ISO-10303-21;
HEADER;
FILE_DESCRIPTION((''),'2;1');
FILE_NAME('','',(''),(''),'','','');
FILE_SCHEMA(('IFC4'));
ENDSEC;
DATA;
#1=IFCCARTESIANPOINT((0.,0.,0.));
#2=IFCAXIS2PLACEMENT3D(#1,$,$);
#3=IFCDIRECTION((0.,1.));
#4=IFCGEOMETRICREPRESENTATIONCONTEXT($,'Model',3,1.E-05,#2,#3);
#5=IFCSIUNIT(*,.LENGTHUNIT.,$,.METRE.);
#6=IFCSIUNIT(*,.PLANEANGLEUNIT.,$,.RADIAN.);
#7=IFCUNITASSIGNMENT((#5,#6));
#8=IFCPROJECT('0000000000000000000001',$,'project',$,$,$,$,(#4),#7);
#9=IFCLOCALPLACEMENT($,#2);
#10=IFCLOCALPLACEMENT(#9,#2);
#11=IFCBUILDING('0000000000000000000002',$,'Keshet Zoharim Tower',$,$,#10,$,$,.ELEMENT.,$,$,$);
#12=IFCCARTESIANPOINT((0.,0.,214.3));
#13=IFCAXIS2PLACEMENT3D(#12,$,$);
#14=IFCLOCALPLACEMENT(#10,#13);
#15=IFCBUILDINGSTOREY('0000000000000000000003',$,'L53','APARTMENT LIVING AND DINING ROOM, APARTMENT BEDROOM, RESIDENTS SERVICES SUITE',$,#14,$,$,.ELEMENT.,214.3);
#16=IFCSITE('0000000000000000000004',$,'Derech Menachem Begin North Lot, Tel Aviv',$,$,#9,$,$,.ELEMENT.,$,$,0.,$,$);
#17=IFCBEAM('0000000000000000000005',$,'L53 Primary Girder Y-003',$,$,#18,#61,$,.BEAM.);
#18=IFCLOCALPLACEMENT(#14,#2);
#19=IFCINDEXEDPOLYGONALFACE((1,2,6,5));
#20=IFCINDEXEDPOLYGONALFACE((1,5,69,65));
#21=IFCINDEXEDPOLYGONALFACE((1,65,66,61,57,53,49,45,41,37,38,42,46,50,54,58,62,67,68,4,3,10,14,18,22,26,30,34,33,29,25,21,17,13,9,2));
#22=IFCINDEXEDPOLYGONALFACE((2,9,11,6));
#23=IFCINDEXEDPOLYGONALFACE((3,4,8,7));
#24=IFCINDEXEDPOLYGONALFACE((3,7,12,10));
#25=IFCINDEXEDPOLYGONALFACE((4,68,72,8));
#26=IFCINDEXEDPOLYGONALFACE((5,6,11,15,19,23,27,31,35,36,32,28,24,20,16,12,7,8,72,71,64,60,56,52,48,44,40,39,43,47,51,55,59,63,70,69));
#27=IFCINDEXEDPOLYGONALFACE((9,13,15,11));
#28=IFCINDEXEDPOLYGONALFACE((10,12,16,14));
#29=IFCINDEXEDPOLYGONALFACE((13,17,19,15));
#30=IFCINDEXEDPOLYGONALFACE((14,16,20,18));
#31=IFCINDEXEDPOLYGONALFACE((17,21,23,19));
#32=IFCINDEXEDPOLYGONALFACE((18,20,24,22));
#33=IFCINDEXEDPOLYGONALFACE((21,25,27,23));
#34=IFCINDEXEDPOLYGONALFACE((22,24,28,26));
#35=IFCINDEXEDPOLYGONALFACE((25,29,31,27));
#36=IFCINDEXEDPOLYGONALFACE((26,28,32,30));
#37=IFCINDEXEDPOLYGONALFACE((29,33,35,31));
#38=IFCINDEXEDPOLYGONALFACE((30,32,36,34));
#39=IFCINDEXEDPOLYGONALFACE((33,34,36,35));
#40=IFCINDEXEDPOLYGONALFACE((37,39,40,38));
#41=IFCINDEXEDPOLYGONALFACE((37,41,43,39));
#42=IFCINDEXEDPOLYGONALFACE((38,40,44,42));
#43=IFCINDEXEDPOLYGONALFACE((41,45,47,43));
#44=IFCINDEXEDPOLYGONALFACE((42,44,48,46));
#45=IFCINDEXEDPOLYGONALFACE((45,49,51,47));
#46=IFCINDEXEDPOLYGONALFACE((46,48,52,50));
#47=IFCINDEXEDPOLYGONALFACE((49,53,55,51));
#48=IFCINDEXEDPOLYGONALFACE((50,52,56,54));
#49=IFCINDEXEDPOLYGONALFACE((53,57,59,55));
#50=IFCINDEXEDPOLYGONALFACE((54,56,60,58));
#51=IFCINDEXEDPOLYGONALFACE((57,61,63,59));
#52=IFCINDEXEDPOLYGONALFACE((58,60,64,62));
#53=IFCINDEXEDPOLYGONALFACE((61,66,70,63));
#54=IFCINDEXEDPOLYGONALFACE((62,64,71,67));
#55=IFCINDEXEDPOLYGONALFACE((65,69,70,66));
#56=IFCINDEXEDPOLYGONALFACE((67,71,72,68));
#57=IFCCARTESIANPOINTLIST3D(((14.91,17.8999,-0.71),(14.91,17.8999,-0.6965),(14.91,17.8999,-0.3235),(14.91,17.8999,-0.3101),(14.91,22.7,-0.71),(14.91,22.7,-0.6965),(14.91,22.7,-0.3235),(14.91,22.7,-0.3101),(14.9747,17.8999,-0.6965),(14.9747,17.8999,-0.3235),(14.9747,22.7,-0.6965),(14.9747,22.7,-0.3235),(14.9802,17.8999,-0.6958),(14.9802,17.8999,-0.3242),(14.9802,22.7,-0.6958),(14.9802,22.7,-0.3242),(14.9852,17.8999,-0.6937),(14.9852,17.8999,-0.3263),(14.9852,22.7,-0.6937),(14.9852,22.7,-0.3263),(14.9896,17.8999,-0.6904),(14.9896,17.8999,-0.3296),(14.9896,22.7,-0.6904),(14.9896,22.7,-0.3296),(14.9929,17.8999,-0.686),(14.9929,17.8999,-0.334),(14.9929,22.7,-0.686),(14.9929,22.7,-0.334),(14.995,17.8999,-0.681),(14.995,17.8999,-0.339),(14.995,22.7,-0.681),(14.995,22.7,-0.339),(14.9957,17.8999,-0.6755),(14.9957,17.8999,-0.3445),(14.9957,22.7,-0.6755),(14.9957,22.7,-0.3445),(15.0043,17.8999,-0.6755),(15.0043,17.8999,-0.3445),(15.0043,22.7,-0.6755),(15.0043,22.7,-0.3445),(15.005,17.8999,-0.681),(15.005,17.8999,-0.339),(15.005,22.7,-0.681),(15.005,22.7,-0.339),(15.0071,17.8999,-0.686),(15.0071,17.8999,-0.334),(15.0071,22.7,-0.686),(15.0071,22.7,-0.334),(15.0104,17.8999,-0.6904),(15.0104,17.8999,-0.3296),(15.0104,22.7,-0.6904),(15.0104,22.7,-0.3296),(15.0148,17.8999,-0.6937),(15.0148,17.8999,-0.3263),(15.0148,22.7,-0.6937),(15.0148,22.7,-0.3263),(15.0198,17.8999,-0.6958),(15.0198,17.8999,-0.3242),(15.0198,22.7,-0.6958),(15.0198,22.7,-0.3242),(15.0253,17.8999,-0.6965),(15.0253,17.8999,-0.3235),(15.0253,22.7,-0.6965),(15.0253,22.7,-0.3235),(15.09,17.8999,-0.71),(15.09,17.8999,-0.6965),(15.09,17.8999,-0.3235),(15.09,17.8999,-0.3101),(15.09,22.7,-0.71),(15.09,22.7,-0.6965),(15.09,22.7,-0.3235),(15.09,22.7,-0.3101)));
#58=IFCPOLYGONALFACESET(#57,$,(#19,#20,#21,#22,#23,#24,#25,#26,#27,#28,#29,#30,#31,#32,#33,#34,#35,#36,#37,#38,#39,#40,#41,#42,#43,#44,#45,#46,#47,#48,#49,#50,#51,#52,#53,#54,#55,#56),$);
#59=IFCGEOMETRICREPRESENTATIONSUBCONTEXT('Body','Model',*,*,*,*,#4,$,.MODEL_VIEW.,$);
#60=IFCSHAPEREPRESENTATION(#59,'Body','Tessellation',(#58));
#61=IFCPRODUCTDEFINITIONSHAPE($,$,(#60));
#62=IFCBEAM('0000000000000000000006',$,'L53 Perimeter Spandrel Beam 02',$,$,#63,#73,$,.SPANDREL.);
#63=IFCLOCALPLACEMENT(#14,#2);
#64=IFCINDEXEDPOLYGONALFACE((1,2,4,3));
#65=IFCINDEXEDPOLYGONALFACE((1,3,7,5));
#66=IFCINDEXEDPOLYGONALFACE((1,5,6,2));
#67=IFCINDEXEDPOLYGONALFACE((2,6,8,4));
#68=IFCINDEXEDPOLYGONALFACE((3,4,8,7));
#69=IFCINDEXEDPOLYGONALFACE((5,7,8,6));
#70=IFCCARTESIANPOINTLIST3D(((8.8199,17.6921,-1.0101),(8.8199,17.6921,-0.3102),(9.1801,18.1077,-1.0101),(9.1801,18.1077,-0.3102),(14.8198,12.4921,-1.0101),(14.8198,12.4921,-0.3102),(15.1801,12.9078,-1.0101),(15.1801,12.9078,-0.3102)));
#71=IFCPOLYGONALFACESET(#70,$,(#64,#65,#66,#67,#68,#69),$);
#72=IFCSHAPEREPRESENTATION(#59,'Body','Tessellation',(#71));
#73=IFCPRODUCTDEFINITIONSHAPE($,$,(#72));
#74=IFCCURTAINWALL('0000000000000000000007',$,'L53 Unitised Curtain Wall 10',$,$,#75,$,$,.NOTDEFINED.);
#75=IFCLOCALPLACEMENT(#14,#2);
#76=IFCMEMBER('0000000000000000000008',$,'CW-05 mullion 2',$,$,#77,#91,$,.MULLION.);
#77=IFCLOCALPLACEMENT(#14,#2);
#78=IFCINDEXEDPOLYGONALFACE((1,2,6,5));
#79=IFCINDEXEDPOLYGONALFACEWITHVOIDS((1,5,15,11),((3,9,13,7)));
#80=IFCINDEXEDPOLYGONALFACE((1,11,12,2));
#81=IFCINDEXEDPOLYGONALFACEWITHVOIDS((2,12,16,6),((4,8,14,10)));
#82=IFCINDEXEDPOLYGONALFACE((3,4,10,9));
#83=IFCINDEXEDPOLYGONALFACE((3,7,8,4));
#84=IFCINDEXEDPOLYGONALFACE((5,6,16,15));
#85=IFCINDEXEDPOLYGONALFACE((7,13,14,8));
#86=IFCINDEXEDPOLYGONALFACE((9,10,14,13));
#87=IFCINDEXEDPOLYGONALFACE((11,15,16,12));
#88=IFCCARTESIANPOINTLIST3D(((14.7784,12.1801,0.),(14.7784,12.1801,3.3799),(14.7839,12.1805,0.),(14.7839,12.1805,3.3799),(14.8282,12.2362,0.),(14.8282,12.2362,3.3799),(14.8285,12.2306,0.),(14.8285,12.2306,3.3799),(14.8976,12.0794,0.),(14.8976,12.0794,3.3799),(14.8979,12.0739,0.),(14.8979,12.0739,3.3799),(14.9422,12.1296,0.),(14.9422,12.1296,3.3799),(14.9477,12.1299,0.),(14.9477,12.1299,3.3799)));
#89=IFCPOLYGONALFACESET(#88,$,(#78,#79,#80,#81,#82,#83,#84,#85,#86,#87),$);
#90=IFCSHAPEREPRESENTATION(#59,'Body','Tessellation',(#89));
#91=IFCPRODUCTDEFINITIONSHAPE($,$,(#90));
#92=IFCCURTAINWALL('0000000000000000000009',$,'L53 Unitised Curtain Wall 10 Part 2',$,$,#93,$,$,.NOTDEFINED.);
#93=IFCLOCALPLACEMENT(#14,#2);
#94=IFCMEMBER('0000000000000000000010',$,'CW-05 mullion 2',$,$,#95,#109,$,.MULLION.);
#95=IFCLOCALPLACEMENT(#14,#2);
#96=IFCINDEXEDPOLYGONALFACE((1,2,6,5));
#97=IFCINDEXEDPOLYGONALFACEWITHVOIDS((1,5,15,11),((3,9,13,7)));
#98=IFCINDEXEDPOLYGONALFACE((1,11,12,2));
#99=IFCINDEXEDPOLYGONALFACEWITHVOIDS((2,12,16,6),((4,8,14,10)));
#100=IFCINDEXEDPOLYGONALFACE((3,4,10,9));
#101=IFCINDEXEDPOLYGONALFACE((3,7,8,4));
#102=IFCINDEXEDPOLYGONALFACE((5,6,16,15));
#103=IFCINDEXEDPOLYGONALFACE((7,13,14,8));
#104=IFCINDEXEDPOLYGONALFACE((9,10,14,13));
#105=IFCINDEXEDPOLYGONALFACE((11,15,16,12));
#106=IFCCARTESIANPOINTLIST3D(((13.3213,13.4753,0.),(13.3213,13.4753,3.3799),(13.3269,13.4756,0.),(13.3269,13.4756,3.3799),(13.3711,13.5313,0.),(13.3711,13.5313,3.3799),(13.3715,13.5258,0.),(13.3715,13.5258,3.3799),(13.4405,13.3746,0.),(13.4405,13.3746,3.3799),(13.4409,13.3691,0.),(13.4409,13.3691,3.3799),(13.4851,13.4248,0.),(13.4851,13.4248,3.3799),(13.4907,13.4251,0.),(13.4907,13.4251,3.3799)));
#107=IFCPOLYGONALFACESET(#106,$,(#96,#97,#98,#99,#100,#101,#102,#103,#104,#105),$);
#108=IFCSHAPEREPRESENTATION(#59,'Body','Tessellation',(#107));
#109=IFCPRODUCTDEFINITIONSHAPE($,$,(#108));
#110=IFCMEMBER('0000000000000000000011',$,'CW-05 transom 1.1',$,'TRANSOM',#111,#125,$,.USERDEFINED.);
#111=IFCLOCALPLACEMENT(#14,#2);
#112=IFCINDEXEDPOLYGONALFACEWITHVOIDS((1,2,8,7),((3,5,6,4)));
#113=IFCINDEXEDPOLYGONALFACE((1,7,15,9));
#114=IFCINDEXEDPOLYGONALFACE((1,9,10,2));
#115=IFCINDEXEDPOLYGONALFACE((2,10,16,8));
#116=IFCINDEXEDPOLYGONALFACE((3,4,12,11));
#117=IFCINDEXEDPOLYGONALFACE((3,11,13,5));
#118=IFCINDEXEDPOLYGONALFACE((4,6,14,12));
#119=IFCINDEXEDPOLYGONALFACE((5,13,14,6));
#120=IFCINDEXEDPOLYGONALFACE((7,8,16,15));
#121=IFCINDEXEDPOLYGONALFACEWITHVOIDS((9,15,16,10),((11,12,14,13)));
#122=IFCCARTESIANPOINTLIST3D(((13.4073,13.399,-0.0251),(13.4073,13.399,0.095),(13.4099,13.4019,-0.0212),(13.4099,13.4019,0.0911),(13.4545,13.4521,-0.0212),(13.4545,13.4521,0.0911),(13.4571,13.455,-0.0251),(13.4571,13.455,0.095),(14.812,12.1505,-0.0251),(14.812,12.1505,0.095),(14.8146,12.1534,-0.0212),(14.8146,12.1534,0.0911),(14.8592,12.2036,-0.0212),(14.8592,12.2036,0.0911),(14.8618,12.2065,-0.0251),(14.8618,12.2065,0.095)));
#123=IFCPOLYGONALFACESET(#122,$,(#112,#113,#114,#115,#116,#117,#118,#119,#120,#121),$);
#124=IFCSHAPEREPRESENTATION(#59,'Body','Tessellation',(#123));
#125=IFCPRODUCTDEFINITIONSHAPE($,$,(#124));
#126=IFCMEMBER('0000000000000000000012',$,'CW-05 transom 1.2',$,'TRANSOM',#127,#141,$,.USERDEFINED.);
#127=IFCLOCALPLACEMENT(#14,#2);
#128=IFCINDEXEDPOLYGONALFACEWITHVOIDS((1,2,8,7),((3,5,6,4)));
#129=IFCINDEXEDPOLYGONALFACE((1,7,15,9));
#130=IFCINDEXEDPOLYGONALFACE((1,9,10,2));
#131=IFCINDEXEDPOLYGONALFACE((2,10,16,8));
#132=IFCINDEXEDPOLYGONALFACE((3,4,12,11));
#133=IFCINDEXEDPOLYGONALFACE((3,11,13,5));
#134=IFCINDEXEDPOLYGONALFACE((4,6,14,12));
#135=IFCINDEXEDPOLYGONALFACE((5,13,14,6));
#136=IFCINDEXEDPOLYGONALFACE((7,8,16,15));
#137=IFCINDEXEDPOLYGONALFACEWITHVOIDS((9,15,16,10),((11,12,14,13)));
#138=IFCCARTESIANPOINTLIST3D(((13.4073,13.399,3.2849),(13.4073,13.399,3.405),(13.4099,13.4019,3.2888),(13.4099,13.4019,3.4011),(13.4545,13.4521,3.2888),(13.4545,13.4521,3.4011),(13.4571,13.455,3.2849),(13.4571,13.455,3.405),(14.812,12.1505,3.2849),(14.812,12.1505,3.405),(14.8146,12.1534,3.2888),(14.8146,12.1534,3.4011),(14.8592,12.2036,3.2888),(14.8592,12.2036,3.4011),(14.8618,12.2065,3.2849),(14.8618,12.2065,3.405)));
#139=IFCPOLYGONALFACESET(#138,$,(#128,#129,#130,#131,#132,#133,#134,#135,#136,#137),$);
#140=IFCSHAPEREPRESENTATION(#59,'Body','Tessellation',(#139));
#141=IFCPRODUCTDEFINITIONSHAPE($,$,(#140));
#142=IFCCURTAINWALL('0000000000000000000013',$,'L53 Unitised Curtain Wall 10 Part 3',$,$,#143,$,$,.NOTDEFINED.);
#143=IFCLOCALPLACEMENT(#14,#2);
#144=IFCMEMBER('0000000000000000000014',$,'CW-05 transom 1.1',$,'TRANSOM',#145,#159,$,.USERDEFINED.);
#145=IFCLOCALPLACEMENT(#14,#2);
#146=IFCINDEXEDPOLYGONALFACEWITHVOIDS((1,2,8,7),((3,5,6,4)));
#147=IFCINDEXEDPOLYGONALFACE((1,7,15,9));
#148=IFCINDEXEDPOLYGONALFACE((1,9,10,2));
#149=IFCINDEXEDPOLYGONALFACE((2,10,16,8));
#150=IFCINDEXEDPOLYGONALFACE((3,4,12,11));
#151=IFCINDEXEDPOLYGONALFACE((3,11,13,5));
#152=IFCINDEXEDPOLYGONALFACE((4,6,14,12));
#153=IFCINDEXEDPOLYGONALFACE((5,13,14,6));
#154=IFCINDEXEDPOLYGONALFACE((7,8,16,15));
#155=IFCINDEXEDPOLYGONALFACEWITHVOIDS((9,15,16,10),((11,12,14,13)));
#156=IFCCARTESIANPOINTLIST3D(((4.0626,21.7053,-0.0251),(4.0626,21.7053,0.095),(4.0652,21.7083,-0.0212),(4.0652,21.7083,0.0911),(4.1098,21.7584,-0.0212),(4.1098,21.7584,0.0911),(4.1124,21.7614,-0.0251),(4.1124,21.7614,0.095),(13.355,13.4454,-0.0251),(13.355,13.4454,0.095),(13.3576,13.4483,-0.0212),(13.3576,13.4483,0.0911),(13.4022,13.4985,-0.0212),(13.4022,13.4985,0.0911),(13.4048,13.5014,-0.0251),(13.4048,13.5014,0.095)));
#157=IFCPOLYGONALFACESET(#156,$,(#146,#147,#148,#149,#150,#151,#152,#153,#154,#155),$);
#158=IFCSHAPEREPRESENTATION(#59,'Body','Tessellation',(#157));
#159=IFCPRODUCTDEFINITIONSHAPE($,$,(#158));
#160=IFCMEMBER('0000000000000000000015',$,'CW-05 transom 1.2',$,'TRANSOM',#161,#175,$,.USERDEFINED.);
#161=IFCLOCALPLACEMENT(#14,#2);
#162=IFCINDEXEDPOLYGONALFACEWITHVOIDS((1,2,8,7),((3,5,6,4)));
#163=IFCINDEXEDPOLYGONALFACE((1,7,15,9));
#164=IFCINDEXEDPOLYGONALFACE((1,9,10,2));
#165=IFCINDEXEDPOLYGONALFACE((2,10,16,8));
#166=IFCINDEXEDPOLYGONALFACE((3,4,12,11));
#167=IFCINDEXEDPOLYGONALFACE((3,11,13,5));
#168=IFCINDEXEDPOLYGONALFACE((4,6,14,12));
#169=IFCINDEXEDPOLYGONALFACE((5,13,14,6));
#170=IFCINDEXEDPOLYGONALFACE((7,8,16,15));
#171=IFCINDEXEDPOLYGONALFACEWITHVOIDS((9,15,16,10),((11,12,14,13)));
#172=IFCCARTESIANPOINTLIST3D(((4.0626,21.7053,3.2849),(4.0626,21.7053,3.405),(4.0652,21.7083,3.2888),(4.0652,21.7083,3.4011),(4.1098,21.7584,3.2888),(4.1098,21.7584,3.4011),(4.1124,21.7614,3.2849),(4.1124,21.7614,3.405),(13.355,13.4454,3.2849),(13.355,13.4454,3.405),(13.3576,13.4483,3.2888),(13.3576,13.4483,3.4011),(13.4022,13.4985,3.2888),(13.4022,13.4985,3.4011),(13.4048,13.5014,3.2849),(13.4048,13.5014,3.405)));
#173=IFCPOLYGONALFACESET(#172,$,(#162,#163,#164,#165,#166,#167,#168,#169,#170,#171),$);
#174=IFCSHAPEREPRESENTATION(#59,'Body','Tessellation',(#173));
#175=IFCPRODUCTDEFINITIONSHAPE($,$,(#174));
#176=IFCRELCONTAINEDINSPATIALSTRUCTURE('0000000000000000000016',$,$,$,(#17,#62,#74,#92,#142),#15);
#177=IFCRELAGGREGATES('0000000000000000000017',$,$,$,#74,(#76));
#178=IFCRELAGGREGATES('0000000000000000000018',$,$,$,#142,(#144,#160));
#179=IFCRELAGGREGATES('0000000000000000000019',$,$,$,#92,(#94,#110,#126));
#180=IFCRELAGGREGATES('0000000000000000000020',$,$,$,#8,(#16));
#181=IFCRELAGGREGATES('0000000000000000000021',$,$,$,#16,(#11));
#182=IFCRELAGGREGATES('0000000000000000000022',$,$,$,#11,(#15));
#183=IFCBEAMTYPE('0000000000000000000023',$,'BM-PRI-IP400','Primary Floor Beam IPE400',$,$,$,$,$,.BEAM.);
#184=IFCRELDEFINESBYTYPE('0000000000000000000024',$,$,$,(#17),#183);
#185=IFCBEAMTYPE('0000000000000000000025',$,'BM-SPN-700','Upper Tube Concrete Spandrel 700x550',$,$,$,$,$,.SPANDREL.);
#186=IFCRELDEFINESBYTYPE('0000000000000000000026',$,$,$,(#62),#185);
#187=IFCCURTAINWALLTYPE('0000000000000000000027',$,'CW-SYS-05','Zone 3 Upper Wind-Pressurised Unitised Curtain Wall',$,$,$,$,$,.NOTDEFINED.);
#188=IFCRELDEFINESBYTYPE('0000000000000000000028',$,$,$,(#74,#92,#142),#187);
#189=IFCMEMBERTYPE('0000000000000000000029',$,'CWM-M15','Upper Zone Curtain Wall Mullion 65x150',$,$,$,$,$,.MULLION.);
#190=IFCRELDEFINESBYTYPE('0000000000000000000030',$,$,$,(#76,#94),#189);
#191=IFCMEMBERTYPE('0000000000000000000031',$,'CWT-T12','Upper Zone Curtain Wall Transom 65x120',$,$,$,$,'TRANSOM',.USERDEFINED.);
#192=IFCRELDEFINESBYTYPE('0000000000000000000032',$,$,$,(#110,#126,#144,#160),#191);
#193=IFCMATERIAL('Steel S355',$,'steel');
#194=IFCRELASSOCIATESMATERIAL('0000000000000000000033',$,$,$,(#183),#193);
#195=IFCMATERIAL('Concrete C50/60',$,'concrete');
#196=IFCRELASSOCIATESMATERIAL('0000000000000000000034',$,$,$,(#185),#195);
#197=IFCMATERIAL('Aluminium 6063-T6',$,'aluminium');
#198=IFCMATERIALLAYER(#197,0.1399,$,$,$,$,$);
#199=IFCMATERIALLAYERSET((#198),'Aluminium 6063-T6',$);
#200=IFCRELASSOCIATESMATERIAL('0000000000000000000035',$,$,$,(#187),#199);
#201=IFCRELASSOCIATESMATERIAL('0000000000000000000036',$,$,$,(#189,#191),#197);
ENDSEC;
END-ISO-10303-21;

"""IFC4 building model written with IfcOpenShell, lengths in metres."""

from ifc_helpers import new_model, si_unit, direction, frame, origin, origin_2d, place, context, subcontext, project, spatial, rectangle, hollow_rectangle, i_section, extrude, material, layer, layer_set, material_profile, profile_set, type_object, element, aggregate, save


model = new_model("IFC4")

# Units and contexts
model_context = context("Model", 3, precision=1e-05, world=origin(), true_north=direction((0.0, 1.0)))
body_context = subcontext(model_context, "Body", "Model", "MODEL_VIEW")
ifc_project = project(units=[si_unit("LENGTHUNIT", "METRE"), si_unit("PLANEANGLEUNIT", "RADIAN")], contexts=[model_context])

# Site, building, storey
site_placement = place(None, origin())
site = spatial("IfcSite", under=ifc_project, at=site_placement, Name="Derech Menachem Begin North Lot, Tel Aviv", CompositionType="ELEMENT", RefElevation=0.0)
building_placement = place(site_placement, origin())
building = spatial("IfcBuilding", under=site, at=building_placement, Name="Keshet Zoharim Tower", CompositionType="ELEMENT")
storey_placement = place(building_placement, frame((0.0, 0.0, 214.3)))
storey = spatial("IfcBuildingStorey", under=building, at=storey_placement, Name="L53", Description="APARTMENT LIVING AND DINING ROOM, APARTMENT BEDROOM, RESIDENTS SERVICES SUITE", CompositionType="ELEMENT", Elevation=214.3)

# Shared definitions
ifc_material_1 = material(Name="Steel S355", Category="steel")
ifc_material_2 = material(Name="Concrete C50/60", Category="concrete")

# Beams
ifc_material_profile_1 = material_profile(ifc_material_1, i_section(OverallWidth=0.1799, OverallDepth=0.3999, WebThickness=0.0085, FlangeThickness=0.0134, FilletRadius=0.021, at=origin_2d()), Name="IPE400")
ifc_profile_set_1 = profile_set([ifc_material_profile_1], Name="Steel S355")
beam_type_1 = type_object("IfcBeamType", Name="BM-PRI-IP400", Description="Primary Floor Beam IPE400", PredefinedType="BEAM", material=ifc_profile_set_1)
beam_1_placement = place(storey_placement, frame((15.0, 17.8999, -0.51), z_axis=(0.0, 1.0, 0.0), x_axis=(-1.0, 0.0, 0.0)))
element("IfcBeam", 1, at=beam_1_placement, inside=storey, type_object=beam_type_1, Name="L53 Primary Girder Y-003", PredefinedType="BEAM", context=body_context, shape_type="SweptSolid", body=[
    extrude(i_section(OverallWidth=0.1799, OverallDepth=0.3999, WebThickness=0.0085, FlangeThickness=0.0134, FilletRadius=0.021, at=origin_2d()), origin(), (0.0, 0.0, 1.0), 4.8),
])
ifc_material_profile_2 = material_profile(ifc_material_2, rectangle(XDim=0.55, YDim=0.7, at=origin_2d()), Name="RC700x550")
ifc_profile_set_2 = profile_set([ifc_material_profile_2], Name="Concrete C50/60")
beam_type_2 = type_object("IfcBeamType", Name="BM-SPN-700", Description="Upper Tube Concrete Spandrel 700x550", PredefinedType="SPANDREL", material=ifc_profile_set_2)
beam_2_placement = place(storey_placement, frame((9.0, 17.8999, -0.6602), z_axis=(0.755692, -0.654927, 0.0), x_axis=(0.654927, 0.755692, 0.0)))
element("IfcBeam", 2, at=beam_2_placement, inside=storey, type_object=beam_type_2, Name="L53 Perimeter Spandrel Beam 02", PredefinedType="SPANDREL", context=body_context, shape_type="SweptSolid", body=[
    extrude(rectangle(XDim=0.55, YDim=0.7, at=origin_2d()), origin(), (0.0, 0.0, 1.0), 7.9397),
])

# Curtain wall, member
ifc_material_3 = material(Name="Aluminium 6063-T6", Category="aluminium")
ifc_layer_1 = layer(ifc_material_3, 0.1399)
ifc_layer_set_1 = layer_set([ifc_layer_1], Name="Aluminium 6063-T6")
curtain_wall_type = type_object("IfcCurtainWallType", Name="CW-SYS-05", Description="Zone 3 Upper Wind-Pressurised Unitised Curtain Wall", PredefinedType="NOTDEFINED", material=ifc_layer_set_1)
curtain_wall_1_placement = place(storey_placement, origin())
curtain_wall_1 = element("IfcCurtainWall", 3, at=curtain_wall_1_placement, inside=storey, type_object=curtain_wall_type, Name="L53 Unitised Curtain Wall 10", PredefinedType="NOTDEFINED")
ifc_material_profile_3 = material_profile(ifc_material_3, hollow_rectangle(XDim=0.075, YDim=0.1599, WallThickness=0.0039, at=origin_2d()), Name="MUL-75x160")
ifc_profile_set_3 = profile_set([ifc_material_profile_3], Name="Aluminium 6063-T6")
member_type_1 = type_object("IfcMemberType", Name="CWM-M15", Description="Upper Zone Curtain Wall Mullion 65x150", PredefinedType="MULLION", material=ifc_profile_set_3)
member_1_placement = place(storey_placement, frame((14.863, 12.155, 0.0), z_axis=(0.0, 0.0, 1.0), x_axis=(-0.664364, -0.747409, 0.0)))
member_1 = element("IfcMember", 4, at=member_1_placement, type_object=member_type_1, Name="CW-05 mullion 2", PredefinedType="MULLION", context=body_context, shape_type="SweptSolid", body=[
    extrude(hollow_rectangle(XDim=0.075, YDim=0.1599, WallThickness=0.0039, at=origin_2d()), origin(), (0.0, 0.0, 1.0), 3.3799),
])
aggregate(curtain_wall_1, [member_1])

# Curtain walls, members
curtain_wall_2_placement = place(storey_placement, origin())
curtain_wall_2 = element("IfcCurtainWall", 5, at=curtain_wall_2_placement, inside=storey, type_object=curtain_wall_type, Name="L53 Unitised Curtain Wall 10 Part 2", PredefinedType="NOTDEFINED")
member_2_placement = place(storey_placement, frame((13.406, 13.4502, 0.0), z_axis=(0.0, 0.0, 1.0), x_axis=(-0.664361, -0.747412, 0.0)))
member_2 = element("IfcMember", 6, at=member_2_placement, type_object=member_type_1, Name="CW-05 mullion 2", PredefinedType="MULLION", context=body_context, shape_type="SweptSolid", body=[
    extrude(hollow_rectangle(XDim=0.075, YDim=0.1599, WallThickness=0.0039, at=origin_2d()), origin(), (0.0, 0.0, 1.0), 3.3799),
])
ifc_material_profile_4 = material_profile(ifc_material_3, hollow_rectangle(XDim=0.075, YDim=0.1201, WallThickness=0.0039, at=origin_2d()), Name="TRN-75x120")
ifc_profile_set_4 = profile_set([ifc_material_profile_4], Name="Aluminium 6063-T6")
member_type_2 = type_object("IfcMemberType", Name="CWT-T12", Description="Upper Zone Curtain Wall Transom 65x120", ElementType="TRANSOM", PredefinedType="USERDEFINED", material=ifc_profile_set_4)
member_3_placement = place(storey_placement, frame((14.8369, 12.1785, 0.0349), z_axis=(-0.747452, 0.664315, 0.0), x_axis=(-0.664315, -0.747452, 0.0)))
member_3 = element("IfcMember", 7, at=member_3_placement, type_object=member_type_2, Name="CW-05 transom 1.1", ObjectType="TRANSOM", PredefinedType="USERDEFINED", context=body_context, shape_type="SweptSolid", body=[
    extrude(hollow_rectangle(XDim=0.075, YDim=0.1201, WallThickness=0.0039, at=origin_2d()), origin(), (0.0, 0.0, 1.0), 1.8794),
])
member_4_placement = place(storey_placement, frame((14.8369, 12.1785, 3.345), z_axis=(-0.747452, 0.664315, 0.0), x_axis=(-0.664315, -0.747452, 0.0)))
member_4 = element("IfcMember", 8, at=member_4_placement, type_object=member_type_2, Name="CW-05 transom 1.2", ObjectType="TRANSOM", PredefinedType="USERDEFINED", context=body_context, shape_type="SweptSolid", body=[
    extrude(hollow_rectangle(XDim=0.075, YDim=0.1201, WallThickness=0.0039, at=origin_2d()), origin(), (0.0, 0.0, 1.0), 1.8794),
])
curtain_wall_3_placement = place(storey_placement, origin())
curtain_wall_3 = element("IfcCurtainWall", 9, at=curtain_wall_3_placement, inside=storey, type_object=curtain_wall_type, Name="L53 Unitised Curtain Wall 10 Part 3", PredefinedType="NOTDEFINED")
member_5_placement = place(storey_placement, frame((13.3799, 13.4734, 0.0349), z_axis=(-0.747408, 0.664365, 0.0), x_axis=(-0.664365, -0.747408, 0.0)))
member_5 = element("IfcMember", 10, at=member_5_placement, type_object=member_type_2, Name="CW-05 transom 1.1", ObjectType="TRANSOM", PredefinedType="USERDEFINED", context=body_context, shape_type="SweptSolid", body=[
    extrude(hollow_rectangle(XDim=0.075, YDim=0.1201, WallThickness=0.0039, at=origin_2d()), origin(), (0.0, 0.0, 1.0), 12.4329),
])
member_6_placement = place(storey_placement, frame((13.3799, 13.4734, 3.345), z_axis=(-0.747408, 0.664365, 0.0), x_axis=(-0.664365, -0.747408, 0.0)))
member_6 = element("IfcMember", 11, at=member_6_placement, type_object=member_type_2, Name="CW-05 transom 1.2", ObjectType="TRANSOM", PredefinedType="USERDEFINED", context=body_context, shape_type="SweptSolid", body=[
    extrude(hollow_rectangle(XDim=0.075, YDim=0.1201, WallThickness=0.0039, at=origin_2d()), origin(), (0.0, 0.0, 1.0), 12.4329),
])

aggregate(curtain_wall_3, [member_5, member_6])
aggregate(curtain_wall_2, [member_2, member_3, member_4])

save(model, "model.ifc")
